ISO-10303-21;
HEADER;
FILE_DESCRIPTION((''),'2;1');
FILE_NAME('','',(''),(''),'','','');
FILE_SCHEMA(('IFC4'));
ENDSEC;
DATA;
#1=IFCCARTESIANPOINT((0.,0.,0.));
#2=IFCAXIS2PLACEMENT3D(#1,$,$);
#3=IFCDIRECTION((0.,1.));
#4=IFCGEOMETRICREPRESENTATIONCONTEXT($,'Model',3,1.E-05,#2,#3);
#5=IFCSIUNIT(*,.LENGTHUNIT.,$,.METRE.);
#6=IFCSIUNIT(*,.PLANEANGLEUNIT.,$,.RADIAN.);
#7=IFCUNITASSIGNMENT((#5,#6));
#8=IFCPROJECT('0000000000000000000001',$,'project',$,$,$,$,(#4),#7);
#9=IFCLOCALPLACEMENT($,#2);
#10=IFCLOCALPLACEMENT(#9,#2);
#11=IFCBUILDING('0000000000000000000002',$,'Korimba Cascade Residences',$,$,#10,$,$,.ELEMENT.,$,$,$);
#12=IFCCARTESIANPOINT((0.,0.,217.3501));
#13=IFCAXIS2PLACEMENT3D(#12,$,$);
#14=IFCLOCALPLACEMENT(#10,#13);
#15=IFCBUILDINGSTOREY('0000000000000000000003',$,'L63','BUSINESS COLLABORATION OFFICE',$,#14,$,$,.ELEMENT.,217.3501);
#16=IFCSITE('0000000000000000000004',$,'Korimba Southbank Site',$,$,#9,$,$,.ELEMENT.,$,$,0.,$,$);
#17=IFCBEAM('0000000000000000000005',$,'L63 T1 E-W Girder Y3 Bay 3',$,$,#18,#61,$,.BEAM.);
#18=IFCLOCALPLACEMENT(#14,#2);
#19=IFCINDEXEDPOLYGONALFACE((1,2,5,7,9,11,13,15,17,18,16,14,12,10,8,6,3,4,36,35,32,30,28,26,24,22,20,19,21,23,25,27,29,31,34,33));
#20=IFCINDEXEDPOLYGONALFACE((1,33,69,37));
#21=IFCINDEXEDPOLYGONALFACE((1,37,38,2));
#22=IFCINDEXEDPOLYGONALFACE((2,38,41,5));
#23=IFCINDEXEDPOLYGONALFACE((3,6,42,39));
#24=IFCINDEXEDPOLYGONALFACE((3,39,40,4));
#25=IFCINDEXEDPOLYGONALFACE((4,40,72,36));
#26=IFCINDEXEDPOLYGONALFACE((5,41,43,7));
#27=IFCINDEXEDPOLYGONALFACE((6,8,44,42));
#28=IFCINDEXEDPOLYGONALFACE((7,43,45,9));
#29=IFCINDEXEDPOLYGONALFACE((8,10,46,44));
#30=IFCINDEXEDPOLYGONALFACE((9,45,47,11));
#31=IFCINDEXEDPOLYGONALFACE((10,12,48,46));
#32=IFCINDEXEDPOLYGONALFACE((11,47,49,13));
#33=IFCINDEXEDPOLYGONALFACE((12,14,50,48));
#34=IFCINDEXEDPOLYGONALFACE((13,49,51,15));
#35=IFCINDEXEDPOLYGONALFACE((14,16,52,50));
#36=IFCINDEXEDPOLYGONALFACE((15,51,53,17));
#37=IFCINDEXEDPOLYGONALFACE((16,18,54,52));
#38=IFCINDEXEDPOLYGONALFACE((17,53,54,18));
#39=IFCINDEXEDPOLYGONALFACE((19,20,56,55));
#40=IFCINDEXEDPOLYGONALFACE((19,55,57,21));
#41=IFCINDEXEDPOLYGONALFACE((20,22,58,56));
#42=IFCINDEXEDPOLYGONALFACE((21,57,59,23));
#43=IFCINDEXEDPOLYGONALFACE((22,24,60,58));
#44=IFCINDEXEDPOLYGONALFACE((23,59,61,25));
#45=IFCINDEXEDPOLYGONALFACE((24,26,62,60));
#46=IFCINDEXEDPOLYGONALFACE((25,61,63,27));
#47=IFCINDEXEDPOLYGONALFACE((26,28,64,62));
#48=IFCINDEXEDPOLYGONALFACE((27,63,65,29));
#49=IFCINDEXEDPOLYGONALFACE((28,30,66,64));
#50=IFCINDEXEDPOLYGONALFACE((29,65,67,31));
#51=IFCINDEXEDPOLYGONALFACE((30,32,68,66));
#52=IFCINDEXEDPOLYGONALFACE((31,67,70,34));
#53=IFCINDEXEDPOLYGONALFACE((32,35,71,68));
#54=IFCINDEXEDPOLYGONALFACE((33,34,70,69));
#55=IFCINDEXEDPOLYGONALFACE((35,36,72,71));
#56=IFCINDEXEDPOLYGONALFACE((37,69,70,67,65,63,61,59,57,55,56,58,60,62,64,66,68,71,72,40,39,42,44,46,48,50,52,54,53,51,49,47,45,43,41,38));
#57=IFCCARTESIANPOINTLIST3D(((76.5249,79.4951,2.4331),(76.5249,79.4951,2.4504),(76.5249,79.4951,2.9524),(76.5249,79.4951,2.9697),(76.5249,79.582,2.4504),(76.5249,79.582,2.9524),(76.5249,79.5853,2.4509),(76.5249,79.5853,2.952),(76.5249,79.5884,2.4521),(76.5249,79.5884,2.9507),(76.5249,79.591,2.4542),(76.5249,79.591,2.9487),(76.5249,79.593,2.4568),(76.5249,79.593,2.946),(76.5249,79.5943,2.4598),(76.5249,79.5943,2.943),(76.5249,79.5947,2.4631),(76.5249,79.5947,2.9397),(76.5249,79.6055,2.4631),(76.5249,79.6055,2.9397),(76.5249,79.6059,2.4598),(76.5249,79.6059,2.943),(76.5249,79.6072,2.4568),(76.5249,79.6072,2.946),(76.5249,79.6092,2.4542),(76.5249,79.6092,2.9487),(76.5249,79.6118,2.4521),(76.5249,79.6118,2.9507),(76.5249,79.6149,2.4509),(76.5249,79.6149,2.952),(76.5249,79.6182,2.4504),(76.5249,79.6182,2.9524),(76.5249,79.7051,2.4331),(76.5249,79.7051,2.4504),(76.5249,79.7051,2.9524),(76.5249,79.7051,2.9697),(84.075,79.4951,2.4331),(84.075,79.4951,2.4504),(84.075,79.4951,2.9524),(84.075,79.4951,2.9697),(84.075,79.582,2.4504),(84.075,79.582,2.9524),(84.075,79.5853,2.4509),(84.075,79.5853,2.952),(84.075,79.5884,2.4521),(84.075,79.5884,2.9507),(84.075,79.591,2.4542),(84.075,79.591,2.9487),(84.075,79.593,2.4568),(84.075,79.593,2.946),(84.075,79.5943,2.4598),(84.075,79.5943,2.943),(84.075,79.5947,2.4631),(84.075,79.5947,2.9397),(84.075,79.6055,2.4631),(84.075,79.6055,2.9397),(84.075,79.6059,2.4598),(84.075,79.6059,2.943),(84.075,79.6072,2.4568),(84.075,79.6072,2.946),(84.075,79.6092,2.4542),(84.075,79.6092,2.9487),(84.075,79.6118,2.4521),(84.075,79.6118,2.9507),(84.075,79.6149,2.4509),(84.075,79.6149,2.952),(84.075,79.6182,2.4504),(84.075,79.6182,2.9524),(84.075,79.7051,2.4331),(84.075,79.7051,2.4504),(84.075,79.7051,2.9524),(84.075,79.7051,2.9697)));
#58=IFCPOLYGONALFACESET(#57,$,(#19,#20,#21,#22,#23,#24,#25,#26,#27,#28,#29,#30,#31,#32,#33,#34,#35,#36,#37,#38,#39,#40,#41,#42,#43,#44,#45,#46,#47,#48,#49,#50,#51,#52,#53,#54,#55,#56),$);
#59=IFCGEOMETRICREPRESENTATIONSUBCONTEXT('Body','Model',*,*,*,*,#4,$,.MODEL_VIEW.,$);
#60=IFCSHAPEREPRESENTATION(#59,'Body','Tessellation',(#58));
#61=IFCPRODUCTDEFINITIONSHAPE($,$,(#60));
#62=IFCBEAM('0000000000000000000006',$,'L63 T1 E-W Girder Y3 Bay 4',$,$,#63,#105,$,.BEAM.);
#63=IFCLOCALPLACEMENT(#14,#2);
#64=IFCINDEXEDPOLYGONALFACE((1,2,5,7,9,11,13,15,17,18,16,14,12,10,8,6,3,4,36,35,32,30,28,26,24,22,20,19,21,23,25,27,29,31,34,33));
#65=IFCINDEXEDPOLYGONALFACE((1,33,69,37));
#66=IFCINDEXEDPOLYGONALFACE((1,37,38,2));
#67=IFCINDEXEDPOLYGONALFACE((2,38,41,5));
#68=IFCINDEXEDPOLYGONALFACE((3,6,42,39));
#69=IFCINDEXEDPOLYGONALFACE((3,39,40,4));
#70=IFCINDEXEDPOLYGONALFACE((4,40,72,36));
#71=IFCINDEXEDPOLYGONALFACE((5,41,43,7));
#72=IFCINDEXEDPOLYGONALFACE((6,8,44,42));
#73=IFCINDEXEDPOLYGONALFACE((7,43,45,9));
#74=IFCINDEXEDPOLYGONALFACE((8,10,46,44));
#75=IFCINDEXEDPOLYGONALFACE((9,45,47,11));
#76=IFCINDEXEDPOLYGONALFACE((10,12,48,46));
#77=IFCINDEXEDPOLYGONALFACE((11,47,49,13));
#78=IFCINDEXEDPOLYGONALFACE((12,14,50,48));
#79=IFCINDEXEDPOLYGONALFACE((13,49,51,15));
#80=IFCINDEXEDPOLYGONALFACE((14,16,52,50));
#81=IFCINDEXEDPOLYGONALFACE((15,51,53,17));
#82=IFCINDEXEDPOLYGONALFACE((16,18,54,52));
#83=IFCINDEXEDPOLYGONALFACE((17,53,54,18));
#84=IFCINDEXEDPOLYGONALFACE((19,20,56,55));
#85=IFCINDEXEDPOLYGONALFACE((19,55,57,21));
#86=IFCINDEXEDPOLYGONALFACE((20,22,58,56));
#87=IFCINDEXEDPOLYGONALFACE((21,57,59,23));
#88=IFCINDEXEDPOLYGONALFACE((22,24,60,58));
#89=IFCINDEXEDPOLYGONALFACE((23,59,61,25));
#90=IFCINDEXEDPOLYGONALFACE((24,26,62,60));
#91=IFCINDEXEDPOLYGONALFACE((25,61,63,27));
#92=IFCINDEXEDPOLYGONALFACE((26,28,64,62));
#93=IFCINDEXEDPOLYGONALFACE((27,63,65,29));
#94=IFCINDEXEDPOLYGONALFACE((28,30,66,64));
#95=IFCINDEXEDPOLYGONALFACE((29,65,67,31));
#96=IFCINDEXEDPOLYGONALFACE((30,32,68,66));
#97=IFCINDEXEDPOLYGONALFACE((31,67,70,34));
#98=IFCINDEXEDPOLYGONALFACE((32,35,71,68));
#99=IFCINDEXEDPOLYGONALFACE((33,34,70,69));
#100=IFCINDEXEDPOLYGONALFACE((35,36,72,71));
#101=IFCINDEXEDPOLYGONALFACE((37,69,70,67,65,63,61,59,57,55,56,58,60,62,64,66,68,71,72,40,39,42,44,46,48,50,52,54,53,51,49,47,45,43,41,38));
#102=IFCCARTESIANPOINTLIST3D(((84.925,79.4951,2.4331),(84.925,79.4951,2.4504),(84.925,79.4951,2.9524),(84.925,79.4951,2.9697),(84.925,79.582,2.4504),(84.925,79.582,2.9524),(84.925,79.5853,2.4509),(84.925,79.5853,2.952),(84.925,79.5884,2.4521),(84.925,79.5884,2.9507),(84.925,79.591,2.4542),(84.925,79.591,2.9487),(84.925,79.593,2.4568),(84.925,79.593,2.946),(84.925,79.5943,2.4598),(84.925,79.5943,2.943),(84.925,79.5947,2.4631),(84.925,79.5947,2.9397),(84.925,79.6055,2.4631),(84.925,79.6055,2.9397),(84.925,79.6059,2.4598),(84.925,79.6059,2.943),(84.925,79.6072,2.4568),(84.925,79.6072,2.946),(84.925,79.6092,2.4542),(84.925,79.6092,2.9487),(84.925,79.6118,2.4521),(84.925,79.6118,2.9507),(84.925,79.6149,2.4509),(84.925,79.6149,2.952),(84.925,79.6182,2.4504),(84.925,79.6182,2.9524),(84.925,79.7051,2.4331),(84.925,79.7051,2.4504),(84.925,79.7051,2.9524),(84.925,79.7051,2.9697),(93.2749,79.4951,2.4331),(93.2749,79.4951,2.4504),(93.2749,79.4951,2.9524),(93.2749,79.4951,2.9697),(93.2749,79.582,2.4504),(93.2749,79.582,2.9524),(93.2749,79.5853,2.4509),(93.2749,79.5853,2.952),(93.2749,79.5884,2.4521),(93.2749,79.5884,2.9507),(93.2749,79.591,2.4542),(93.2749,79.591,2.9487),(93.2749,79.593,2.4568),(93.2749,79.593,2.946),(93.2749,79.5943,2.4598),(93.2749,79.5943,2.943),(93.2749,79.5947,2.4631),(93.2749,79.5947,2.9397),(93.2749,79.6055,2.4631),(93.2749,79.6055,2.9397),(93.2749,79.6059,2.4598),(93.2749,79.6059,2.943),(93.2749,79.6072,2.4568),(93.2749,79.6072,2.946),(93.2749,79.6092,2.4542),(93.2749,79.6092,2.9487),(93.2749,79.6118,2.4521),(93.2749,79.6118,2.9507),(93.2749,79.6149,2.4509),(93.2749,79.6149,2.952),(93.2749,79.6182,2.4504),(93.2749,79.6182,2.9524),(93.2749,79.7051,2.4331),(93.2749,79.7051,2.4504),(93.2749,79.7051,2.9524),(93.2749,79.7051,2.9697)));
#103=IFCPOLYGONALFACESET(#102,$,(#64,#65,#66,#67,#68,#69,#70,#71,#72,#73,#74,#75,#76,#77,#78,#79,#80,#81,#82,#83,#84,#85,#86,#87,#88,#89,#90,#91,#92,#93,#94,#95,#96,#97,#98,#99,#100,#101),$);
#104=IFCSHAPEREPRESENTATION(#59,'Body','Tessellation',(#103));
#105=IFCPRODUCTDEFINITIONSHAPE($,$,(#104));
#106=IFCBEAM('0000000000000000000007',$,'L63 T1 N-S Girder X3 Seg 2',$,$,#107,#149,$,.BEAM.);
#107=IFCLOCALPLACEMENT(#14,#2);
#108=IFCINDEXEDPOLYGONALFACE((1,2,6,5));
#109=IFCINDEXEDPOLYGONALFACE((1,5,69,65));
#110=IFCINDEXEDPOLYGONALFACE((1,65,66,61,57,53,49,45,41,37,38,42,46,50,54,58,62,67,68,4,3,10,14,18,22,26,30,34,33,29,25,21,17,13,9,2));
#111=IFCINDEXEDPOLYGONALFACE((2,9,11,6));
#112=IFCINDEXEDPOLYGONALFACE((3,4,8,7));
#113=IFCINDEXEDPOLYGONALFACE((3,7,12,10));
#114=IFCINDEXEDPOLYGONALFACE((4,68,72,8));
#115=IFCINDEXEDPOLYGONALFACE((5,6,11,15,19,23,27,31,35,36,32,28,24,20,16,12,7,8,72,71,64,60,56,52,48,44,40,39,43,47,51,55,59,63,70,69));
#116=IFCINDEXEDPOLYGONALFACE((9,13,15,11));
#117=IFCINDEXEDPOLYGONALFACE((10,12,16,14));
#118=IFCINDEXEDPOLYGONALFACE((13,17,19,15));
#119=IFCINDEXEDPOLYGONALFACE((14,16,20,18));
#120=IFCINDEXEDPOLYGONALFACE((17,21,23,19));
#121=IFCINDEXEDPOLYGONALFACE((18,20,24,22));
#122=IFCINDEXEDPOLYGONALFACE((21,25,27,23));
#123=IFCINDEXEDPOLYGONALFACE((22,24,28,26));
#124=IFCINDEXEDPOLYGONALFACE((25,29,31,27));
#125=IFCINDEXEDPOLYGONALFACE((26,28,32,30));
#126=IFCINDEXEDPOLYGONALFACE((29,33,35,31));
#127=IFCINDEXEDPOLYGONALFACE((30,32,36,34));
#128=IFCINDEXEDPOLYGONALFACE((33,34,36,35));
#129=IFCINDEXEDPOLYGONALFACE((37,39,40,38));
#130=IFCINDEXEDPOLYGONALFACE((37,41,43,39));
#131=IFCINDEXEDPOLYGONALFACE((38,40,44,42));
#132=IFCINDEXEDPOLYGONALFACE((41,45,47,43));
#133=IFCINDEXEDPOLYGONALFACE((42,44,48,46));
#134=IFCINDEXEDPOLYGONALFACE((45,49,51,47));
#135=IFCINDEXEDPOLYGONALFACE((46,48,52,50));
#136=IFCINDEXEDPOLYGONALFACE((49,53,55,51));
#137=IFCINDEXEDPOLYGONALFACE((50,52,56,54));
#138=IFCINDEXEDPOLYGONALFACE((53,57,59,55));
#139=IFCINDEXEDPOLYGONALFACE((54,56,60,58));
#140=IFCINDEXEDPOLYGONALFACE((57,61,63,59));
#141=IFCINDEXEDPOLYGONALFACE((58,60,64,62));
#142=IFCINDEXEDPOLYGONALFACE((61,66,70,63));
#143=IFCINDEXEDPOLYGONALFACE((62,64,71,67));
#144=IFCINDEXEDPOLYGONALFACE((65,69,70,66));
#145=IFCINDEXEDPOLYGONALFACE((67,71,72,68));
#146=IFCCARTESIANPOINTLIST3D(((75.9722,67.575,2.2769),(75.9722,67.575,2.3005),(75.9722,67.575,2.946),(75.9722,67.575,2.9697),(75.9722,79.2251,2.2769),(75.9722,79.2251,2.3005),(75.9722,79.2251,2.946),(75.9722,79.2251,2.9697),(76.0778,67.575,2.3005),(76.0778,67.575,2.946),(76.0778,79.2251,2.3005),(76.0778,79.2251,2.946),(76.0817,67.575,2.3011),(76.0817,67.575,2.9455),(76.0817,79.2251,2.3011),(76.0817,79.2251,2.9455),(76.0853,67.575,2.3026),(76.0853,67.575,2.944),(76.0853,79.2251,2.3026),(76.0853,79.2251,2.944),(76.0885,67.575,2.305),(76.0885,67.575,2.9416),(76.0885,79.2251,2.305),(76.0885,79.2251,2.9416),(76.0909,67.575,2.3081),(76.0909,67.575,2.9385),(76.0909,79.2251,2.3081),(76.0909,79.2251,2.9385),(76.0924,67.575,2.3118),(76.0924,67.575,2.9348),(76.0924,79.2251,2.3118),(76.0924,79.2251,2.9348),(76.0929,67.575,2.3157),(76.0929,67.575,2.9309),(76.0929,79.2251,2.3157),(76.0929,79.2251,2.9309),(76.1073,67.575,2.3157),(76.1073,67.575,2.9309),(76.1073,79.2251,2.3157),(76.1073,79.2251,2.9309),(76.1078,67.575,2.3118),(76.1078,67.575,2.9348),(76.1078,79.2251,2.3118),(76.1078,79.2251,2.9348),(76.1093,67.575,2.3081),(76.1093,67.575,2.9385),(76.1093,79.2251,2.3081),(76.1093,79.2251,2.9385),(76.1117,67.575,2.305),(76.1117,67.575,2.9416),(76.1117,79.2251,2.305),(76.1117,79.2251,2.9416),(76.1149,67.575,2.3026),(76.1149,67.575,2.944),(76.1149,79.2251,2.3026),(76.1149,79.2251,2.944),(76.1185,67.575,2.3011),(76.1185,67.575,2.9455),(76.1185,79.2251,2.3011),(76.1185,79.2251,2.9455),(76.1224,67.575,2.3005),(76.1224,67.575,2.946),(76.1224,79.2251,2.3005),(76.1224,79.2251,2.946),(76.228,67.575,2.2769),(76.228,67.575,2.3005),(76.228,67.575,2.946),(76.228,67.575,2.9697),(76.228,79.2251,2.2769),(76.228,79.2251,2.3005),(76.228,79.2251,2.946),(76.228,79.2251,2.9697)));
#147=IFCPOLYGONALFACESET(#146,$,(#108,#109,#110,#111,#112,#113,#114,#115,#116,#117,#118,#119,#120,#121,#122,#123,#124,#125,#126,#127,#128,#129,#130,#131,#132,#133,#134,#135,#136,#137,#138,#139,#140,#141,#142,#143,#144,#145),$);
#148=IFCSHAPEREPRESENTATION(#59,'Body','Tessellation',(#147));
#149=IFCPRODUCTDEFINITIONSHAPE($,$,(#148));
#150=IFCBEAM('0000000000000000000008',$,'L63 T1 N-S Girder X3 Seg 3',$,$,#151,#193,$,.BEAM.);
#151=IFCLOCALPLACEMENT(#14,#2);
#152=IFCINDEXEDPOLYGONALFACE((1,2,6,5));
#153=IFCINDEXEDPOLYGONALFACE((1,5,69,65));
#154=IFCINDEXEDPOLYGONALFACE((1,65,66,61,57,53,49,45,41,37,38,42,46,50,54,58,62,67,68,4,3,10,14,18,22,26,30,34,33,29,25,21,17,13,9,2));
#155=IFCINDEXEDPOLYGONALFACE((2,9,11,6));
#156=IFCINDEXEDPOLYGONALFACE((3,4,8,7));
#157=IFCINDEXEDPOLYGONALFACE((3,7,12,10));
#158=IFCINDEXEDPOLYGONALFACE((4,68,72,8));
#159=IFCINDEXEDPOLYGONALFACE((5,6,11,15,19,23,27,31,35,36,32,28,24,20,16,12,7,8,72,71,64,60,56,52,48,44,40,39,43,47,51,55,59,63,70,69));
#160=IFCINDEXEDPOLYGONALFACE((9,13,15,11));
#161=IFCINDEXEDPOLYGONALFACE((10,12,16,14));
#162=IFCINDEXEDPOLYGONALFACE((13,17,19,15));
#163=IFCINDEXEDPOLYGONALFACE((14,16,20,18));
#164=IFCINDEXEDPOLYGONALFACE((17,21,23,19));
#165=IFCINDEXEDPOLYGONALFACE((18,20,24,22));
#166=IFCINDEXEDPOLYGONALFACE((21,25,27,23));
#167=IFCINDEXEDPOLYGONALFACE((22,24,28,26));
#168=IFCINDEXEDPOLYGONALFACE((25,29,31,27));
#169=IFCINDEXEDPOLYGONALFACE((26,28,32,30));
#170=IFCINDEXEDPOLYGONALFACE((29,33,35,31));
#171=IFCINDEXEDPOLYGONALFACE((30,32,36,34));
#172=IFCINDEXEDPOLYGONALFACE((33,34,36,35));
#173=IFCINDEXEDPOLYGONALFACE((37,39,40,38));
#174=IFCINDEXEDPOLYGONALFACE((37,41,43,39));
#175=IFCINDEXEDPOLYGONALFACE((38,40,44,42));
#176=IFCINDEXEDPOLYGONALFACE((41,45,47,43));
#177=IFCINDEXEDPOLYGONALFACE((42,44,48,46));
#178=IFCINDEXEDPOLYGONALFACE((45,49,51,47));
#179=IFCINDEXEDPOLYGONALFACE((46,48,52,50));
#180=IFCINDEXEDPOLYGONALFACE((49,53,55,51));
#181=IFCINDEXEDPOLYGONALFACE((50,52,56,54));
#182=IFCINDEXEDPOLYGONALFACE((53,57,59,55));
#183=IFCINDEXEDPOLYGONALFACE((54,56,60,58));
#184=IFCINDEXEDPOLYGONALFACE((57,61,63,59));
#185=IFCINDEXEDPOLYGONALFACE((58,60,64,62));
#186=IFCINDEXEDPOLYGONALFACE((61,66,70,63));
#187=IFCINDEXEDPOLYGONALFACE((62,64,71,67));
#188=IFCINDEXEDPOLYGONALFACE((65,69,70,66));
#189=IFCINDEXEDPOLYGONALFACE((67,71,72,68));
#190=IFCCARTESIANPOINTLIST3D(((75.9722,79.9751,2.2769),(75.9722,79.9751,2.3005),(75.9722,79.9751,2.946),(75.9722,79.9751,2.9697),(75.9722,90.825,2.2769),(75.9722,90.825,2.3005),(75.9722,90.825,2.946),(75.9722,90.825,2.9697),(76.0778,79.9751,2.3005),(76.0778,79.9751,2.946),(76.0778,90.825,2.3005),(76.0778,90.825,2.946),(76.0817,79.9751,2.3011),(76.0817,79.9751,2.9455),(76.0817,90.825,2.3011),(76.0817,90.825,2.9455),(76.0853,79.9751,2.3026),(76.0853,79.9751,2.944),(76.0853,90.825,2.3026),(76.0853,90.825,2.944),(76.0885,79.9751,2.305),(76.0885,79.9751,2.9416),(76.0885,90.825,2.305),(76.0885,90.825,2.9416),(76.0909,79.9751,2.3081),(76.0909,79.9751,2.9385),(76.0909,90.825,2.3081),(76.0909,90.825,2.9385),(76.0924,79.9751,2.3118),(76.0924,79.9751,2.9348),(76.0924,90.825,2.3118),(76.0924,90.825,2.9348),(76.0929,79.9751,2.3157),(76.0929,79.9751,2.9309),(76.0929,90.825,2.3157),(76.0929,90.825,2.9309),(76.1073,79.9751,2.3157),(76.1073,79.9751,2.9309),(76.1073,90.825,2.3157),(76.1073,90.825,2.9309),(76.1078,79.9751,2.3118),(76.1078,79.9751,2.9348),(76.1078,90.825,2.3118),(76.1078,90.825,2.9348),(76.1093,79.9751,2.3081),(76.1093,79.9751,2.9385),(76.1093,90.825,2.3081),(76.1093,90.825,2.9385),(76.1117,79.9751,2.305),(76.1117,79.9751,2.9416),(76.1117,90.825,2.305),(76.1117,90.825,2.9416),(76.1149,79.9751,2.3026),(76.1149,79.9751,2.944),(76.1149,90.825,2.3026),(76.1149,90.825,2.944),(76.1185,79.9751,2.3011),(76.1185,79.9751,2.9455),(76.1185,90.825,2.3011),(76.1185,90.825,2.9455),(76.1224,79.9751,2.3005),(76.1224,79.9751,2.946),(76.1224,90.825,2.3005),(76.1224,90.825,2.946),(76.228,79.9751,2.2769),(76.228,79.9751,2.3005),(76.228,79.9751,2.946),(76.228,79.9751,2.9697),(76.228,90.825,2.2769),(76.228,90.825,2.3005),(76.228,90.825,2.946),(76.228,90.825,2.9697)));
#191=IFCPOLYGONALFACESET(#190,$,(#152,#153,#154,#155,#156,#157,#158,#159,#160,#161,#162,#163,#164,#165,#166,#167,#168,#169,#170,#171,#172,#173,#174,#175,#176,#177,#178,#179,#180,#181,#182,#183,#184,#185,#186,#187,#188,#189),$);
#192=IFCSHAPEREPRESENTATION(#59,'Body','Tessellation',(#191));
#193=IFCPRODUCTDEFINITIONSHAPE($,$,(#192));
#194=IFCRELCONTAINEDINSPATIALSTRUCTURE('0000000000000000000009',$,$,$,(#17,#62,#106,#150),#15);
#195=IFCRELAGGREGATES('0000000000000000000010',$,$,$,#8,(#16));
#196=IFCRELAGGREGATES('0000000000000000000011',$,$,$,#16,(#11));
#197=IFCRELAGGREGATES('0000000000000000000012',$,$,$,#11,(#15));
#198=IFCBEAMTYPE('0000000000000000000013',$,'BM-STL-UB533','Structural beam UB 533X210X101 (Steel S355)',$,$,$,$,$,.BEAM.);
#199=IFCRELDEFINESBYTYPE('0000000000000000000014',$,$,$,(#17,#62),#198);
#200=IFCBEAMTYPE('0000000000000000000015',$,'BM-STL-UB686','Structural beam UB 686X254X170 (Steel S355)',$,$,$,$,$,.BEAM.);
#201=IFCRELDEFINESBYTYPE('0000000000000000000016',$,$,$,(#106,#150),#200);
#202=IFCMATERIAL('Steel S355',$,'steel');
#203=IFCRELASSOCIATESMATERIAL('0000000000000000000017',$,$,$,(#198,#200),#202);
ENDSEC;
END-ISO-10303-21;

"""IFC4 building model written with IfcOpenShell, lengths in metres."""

from ifc_helpers import new_model, si_unit, direction, frame, origin, origin_2d, place, context, subcontext, project, spatial, i_section, extrude, material, material_profile, profile_set, type_object, element, save


model = new_model("IFC4")

# Units and contexts
model_context = context("Model", 3, precision=1e-05, world=origin(), true_north=direction((0.0, 1.0)))
body_context = subcontext(model_context, "Body", "Model", "MODEL_VIEW")
ifc_project = project(units=[si_unit("LENGTHUNIT", "METRE"), si_unit("PLANEANGLEUNIT", "RADIAN")], contexts=[model_context])

# Site, building, storey
site_placement = place(None, origin())
site = spatial("IfcSite", under=ifc_project, at=site_placement, Name="Korimba Southbank Site", CompositionType="ELEMENT", RefElevation=0.0)
building_placement = place(site_placement, origin())
building = spatial("IfcBuilding", under=site, at=building_placement, Name="Korimba Cascade Residences", CompositionType="ELEMENT")
storey_placement = place(building_placement, frame((0.0, 0.0, 217.3501)))
storey = spatial("IfcBuildingStorey", under=building, at=storey_placement, Name="L63", Description="BUSINESS COLLABORATION OFFICE", CompositionType="ELEMENT", Elevation=217.3501)

# Beams
ifc_material_1 = material(Name="Steel S355", Category="steel")
ifc_material_profile_1 = material_profile(ifc_material_1, i_section(OverallWidth=0.21, OverallDepth=0.5366, WebThickness=0.0107, FlangeThickness=0.0173, FilletRadius=0.0127, at=origin_2d()), Name="Steel S355")
ifc_profile_set_1 = profile_set([ifc_material_profile_1], Name="Steel S355")
beam_type_1 = type_object("IfcBeamType", Name="BM-STL-UB533", Description="Structural beam UB 533X210X101 (Steel S355)", PredefinedType="BEAM", material=ifc_profile_set_1)
beam_1_placement = place(storey_placement, frame((76.5249, 79.6001, 2.7014), z_axis=(1.0, 0.0, 0.0), x_axis=(0.0, 1.0, 0.0)))
element("IfcBeam", 1, at=beam_1_placement, inside=storey, type_object=beam_type_1, Name="L63 T1 E-W Girder Y3 Bay 3", PredefinedType="BEAM", context=body_context, shape_type="SweptSolid", body=[
    extrude(i_section(OverallWidth=0.21, OverallDepth=0.5366, WebThickness=0.0107, FlangeThickness=0.0173, FilletRadius=0.0127, at=origin_2d()), origin(), (0.0, 0.0, 1.0), 7.55),
])
beam_2_placement = place(storey_placement, frame((84.925, 79.6001, 2.7014), z_axis=(1.0, 0.0, 0.0), x_axis=(0.0, 1.0, 0.0)))
element("IfcBeam", 2, at=beam_2_placement, inside=storey, type_object=beam_type_1, Name="L63 T1 E-W Girder Y3 Bay 4", PredefinedType="BEAM", context=body_context, shape_type="SweptSolid", body=[
    extrude(i_section(OverallWidth=0.21, OverallDepth=0.5366, WebThickness=0.0107, FlangeThickness=0.0173, FilletRadius=0.0127, at=origin_2d()), origin(), (0.0, 0.0, 1.0), 8.3499),
])
ifc_material_profile_2 = material_profile(ifc_material_1, i_section(OverallWidth=0.2559, OverallDepth=0.6929, WebThickness=0.0144, FlangeThickness=0.0237, FilletRadius=0.0151, at=origin_2d()), Name="Steel S355")
ifc_profile_set_2 = profile_set([ifc_material_profile_2], Name="Steel S355")
beam_type_2 = type_object("IfcBeamType", Name="BM-STL-UB686", Description="Structural beam UB 686X254X170 (Steel S355)", PredefinedType="BEAM", material=ifc_profile_set_2)
beam_3_placement = place(storey_placement, frame((76.1001, 67.575, 2.6233), z_axis=(0.0, 1.0, 0.0), x_axis=(-1.0, 0.0, 0.0)))
element("IfcBeam", 3, at=beam_3_placement, inside=storey, type_object=beam_type_2, Name="L63 T1 N-S Girder X3 Seg 2", PredefinedType="BEAM", context=body_context, shape_type="SweptSolid", body=[
    extrude(i_section(OverallWidth=0.2559, OverallDepth=0.6929, WebThickness=0.0144, FlangeThickness=0.0237, FilletRadius=0.0151, at=origin_2d()), origin(), (0.0, 0.0, 1.0), 11.6501),
])
beam_4_placement = place(storey_placement, frame((76.1001, 79.9751, 2.6233), z_axis=(0.0, 1.0, 0.0), x_axis=(-1.0, 0.0, 0.0)))
element("IfcBeam", 4, at=beam_4_placement, inside=storey, type_object=beam_type_2, Name="L63 T1 N-S Girder X3 Seg 3", PredefinedType="BEAM", context=body_context, shape_type="SweptSolid", body=[
    extrude(i_section(OverallWidth=0.2559, OverallDepth=0.6929, WebThickness=0.0144, FlangeThickness=0.0237, FilletRadius=0.0151, at=origin_2d()), origin(), (0.0, 0.0, 1.0), 10.8499),
])

save(model, "model.ifc")
